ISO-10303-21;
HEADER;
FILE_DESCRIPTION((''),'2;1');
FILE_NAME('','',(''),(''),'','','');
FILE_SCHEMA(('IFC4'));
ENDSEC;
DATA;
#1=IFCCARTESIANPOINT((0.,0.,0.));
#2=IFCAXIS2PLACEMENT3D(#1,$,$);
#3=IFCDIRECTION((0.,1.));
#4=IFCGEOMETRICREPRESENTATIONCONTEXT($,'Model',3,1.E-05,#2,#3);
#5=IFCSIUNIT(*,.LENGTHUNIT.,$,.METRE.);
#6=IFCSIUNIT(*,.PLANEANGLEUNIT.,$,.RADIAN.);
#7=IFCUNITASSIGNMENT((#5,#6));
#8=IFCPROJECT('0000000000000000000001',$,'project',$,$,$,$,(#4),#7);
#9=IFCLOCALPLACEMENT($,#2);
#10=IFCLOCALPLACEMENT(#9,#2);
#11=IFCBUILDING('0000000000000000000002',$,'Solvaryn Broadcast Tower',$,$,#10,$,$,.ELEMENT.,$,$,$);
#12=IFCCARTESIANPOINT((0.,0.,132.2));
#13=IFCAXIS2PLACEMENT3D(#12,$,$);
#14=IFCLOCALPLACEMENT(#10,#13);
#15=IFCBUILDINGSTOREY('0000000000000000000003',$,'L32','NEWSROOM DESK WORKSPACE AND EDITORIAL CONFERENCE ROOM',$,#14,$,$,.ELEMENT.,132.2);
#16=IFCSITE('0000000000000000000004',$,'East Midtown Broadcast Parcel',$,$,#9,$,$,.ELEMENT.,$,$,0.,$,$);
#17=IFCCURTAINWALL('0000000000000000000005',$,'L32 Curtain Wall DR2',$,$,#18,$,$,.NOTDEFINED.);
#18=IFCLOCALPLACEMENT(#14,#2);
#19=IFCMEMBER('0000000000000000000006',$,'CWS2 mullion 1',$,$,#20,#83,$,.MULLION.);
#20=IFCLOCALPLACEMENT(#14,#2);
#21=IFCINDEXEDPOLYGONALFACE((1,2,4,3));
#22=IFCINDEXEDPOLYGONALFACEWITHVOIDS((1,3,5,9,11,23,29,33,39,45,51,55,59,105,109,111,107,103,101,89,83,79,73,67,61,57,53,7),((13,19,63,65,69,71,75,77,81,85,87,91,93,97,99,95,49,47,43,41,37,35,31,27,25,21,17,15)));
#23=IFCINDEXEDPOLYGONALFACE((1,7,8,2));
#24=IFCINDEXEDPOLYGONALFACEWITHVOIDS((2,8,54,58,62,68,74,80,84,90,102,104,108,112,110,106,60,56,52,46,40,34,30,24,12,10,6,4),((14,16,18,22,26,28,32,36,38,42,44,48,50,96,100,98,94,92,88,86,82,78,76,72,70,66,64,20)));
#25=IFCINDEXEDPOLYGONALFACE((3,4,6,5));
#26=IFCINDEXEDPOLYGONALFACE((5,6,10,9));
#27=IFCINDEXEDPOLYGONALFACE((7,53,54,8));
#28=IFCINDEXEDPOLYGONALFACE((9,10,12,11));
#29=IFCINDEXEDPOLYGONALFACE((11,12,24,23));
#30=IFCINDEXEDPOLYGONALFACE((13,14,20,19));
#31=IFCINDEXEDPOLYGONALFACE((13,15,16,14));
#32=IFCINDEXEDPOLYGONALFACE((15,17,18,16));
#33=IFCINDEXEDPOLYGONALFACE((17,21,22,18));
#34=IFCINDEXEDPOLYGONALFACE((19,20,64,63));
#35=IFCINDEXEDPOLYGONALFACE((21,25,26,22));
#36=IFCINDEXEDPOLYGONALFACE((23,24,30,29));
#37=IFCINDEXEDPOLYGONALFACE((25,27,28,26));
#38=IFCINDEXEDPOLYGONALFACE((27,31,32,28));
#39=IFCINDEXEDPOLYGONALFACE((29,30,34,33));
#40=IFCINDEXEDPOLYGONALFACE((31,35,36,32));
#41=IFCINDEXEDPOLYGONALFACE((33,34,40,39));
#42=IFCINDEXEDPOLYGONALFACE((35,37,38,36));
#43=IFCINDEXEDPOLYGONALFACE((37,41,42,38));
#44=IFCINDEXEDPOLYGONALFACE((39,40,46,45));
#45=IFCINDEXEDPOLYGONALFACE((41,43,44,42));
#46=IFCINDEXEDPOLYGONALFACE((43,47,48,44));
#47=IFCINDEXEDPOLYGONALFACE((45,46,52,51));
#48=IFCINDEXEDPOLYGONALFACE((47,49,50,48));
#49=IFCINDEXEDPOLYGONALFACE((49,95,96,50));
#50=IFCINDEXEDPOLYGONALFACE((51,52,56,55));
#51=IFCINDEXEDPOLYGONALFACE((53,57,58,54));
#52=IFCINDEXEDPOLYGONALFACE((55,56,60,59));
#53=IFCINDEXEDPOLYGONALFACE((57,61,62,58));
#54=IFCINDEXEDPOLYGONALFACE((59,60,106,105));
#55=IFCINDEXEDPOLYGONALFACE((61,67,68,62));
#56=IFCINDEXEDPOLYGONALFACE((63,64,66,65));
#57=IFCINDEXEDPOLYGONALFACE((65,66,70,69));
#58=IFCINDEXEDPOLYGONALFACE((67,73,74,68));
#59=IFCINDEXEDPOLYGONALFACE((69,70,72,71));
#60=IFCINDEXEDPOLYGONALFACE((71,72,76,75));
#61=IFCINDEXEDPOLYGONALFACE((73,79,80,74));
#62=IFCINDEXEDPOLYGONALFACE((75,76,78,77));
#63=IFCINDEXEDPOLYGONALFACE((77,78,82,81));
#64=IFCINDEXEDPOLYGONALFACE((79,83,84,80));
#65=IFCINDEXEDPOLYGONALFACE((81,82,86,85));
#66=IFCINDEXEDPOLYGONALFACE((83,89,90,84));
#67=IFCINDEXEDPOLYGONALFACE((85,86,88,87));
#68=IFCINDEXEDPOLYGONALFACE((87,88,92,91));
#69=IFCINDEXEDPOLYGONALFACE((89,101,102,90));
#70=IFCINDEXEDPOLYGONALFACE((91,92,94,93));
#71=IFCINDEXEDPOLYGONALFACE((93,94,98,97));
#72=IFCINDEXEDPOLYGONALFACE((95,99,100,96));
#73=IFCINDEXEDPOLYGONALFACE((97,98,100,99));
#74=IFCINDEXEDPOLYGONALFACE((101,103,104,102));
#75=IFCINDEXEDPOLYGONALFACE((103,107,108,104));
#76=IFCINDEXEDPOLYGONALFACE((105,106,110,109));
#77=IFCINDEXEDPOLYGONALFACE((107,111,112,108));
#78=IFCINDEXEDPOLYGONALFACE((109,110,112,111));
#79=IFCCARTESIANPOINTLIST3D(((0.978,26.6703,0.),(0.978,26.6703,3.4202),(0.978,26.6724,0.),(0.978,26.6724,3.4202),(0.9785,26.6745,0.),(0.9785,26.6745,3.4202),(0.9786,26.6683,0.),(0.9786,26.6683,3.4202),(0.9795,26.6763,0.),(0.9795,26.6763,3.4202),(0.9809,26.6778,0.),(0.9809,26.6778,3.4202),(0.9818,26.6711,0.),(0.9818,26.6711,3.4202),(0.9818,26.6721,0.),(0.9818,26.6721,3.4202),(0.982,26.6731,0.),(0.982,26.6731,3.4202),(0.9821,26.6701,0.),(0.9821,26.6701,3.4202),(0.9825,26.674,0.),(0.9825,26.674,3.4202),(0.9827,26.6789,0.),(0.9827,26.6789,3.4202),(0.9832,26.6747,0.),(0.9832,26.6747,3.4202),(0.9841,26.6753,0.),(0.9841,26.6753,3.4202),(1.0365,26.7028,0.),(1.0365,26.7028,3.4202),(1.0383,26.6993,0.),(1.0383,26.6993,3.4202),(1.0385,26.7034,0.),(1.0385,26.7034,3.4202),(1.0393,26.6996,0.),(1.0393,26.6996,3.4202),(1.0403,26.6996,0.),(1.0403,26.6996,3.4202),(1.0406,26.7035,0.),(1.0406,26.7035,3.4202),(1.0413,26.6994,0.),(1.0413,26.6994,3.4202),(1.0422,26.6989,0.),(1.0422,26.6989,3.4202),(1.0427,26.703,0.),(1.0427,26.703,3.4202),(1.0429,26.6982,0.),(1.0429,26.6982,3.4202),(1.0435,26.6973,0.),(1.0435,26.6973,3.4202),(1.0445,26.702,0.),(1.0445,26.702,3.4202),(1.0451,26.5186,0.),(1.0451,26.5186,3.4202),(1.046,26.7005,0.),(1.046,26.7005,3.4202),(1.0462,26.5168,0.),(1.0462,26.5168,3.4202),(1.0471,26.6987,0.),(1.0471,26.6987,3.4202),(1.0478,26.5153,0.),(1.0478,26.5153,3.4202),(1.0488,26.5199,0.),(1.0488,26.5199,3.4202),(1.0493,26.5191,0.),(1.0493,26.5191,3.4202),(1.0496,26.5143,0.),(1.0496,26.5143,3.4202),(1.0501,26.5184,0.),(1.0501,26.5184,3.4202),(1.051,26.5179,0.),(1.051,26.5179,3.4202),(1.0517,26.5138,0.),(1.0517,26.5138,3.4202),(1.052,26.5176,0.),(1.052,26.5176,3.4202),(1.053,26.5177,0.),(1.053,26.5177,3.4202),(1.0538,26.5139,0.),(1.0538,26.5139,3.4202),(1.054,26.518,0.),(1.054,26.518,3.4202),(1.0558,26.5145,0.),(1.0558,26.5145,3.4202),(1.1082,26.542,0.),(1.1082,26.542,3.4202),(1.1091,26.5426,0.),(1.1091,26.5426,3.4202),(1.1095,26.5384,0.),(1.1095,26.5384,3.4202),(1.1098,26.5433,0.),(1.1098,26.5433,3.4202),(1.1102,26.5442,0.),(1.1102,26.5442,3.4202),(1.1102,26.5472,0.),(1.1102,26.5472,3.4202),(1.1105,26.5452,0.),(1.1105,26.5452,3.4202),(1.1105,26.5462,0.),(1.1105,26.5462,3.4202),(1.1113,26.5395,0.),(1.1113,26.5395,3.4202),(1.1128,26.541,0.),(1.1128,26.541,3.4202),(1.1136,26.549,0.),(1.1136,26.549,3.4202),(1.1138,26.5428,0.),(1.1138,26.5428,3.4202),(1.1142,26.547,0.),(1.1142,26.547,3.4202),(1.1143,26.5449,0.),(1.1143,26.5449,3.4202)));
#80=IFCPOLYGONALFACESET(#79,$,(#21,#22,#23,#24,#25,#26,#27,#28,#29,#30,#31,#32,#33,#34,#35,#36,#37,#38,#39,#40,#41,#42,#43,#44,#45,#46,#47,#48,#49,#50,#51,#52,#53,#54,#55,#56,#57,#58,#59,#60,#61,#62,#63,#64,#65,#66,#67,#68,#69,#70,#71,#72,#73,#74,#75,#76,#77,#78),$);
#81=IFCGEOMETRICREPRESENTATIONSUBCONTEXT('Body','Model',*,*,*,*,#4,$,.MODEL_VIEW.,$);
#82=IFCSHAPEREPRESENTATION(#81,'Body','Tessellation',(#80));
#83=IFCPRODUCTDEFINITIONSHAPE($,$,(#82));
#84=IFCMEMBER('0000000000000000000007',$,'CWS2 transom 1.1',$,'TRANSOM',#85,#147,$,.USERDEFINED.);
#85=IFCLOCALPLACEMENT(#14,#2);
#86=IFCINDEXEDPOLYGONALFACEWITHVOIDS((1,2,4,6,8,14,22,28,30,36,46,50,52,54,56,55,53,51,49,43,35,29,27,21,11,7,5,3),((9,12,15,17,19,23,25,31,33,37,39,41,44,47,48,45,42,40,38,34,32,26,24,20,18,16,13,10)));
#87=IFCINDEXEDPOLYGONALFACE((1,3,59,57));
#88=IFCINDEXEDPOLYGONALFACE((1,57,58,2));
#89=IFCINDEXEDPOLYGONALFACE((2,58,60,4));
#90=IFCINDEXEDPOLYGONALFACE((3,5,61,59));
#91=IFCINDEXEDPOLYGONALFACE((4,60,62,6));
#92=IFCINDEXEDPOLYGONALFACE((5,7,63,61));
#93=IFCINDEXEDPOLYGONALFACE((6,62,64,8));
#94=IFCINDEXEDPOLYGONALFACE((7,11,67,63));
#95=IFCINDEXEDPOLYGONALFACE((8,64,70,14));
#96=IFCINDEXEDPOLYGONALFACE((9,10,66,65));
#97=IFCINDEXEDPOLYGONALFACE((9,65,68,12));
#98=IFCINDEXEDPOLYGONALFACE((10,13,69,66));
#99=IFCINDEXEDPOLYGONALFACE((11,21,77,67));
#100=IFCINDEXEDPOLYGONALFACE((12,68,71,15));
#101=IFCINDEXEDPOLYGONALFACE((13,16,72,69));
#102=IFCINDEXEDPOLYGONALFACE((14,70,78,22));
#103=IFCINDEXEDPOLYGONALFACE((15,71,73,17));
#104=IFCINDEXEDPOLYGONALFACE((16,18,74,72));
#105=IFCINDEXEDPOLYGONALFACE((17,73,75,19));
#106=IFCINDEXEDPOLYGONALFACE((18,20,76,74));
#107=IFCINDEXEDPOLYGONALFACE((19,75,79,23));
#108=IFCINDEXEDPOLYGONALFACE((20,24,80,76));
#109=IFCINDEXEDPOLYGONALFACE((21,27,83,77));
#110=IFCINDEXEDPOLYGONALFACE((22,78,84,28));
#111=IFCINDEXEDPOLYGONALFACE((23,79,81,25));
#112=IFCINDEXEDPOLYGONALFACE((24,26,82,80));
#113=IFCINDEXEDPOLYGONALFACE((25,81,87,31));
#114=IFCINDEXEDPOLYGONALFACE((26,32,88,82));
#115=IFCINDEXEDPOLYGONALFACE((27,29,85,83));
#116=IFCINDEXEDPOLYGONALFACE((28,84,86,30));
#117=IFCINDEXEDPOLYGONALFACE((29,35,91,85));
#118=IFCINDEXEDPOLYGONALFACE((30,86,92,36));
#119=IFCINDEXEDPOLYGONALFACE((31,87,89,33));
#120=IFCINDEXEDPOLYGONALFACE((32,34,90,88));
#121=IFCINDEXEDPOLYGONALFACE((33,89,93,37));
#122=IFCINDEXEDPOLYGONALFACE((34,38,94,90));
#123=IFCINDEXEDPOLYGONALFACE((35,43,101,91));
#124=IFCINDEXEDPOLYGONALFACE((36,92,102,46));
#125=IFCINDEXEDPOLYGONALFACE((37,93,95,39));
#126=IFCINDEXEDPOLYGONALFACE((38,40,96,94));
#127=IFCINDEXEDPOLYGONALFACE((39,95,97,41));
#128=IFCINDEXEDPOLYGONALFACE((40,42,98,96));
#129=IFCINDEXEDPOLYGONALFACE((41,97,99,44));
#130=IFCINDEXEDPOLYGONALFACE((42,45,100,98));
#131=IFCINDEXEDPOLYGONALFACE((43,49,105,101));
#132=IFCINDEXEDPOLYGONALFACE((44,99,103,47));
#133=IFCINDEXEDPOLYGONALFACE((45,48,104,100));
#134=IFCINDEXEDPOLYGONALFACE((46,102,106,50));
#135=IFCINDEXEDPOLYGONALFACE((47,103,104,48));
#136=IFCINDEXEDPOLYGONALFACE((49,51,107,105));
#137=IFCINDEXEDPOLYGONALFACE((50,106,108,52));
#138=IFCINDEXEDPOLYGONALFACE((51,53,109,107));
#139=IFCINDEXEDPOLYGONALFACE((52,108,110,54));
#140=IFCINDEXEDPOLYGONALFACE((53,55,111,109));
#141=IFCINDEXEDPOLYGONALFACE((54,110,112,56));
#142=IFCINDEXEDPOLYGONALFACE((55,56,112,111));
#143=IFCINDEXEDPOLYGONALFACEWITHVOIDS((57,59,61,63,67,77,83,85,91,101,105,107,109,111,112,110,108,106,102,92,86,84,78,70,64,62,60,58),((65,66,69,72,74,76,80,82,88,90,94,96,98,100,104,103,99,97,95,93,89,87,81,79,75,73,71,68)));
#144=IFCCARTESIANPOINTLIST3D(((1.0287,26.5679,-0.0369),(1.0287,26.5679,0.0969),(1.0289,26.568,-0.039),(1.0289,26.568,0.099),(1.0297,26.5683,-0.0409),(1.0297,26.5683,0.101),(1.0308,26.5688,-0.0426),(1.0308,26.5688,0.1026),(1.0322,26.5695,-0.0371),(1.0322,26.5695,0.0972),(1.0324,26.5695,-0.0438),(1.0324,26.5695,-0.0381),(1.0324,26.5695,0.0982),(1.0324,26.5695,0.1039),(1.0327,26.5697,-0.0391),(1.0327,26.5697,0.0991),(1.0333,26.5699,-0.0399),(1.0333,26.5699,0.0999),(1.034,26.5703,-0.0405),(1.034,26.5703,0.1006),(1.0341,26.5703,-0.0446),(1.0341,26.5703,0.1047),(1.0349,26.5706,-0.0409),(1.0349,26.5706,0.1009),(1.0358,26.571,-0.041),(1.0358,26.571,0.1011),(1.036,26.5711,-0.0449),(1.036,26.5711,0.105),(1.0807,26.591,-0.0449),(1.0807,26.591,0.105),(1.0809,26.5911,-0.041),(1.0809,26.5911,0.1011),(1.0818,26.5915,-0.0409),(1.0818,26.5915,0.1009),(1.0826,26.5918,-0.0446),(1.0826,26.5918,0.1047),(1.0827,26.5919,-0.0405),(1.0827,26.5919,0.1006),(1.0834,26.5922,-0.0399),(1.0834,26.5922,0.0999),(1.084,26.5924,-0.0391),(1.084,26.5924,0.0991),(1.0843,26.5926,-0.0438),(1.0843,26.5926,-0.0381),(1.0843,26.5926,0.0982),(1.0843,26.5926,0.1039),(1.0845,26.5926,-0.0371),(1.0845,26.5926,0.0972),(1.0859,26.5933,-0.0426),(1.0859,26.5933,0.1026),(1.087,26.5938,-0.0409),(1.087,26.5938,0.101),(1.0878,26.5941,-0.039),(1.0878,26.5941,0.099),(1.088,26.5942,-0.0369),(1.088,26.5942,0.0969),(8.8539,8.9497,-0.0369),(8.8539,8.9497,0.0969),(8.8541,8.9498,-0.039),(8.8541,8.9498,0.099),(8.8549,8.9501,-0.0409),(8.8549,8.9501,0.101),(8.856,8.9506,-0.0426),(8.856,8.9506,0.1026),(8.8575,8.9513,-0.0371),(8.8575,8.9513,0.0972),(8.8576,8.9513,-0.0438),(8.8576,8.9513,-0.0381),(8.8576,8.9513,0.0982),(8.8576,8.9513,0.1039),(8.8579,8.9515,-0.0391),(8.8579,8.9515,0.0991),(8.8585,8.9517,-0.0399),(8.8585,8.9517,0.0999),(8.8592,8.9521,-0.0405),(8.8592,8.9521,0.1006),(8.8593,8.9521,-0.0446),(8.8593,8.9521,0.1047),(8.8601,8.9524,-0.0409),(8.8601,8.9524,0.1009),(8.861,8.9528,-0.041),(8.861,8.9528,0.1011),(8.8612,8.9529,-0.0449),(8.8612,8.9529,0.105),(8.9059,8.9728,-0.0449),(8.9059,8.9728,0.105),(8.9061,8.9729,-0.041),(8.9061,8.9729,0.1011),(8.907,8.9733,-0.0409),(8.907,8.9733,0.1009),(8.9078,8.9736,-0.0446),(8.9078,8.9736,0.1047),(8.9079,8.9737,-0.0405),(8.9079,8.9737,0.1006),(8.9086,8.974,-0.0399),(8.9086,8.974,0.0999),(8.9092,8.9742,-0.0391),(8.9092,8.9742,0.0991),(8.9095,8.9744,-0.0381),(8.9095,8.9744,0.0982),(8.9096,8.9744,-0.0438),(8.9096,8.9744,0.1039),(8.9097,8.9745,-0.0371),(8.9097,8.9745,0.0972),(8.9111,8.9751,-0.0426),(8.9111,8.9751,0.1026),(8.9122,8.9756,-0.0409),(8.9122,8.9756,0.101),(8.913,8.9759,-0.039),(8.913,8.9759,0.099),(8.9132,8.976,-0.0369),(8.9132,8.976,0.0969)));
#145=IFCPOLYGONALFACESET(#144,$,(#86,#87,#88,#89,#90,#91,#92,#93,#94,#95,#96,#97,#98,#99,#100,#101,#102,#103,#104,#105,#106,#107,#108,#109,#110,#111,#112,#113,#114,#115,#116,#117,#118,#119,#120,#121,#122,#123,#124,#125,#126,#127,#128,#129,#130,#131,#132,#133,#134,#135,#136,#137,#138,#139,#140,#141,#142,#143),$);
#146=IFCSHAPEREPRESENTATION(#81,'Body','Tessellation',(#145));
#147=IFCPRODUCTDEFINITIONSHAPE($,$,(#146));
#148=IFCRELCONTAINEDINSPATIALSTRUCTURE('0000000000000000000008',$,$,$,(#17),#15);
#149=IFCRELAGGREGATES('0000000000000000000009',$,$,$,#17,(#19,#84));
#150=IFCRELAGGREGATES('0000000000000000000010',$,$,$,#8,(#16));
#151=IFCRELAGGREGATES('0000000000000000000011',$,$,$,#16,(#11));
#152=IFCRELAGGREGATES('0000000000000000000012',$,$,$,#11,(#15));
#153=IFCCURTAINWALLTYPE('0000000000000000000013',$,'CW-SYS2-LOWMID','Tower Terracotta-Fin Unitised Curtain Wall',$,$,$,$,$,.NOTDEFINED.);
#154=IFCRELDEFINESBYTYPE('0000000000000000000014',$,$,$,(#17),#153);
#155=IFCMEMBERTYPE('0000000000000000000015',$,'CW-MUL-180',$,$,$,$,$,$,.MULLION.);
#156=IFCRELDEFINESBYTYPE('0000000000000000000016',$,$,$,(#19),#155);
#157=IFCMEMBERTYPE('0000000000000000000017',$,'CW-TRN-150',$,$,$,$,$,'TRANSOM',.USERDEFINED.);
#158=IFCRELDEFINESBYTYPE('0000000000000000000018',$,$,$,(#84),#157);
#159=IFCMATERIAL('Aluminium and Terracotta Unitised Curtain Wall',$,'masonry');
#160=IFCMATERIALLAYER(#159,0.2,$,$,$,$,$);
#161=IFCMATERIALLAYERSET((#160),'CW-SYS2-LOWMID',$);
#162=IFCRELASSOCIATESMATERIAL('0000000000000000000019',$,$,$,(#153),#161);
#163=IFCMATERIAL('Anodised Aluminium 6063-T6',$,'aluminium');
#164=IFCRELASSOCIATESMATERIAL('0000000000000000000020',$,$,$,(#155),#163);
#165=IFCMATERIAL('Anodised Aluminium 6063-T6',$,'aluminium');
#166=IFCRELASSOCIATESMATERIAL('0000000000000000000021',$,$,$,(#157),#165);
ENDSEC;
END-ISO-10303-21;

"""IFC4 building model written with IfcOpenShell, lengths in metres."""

from ifc_helpers import new_model, si_unit, direction, frame, origin, origin_2d, place, context, subcontext, project, spatial, hollow_rectangle, extrude, material, layer, layer_set, material_profile, profile_set, type_object, element, aggregate, save


model = new_model("IFC4")

# Units and contexts
model_context = context("Model", 3, precision=1e-05, world=origin(), true_north=direction((0.0, 1.0)))
body_context = subcontext(model_context, "Body", "Model", "MODEL_VIEW")
ifc_project = project(units=[si_unit("LENGTHUNIT", "METRE"), si_unit("PLANEANGLEUNIT", "RADIAN")], contexts=[model_context])

# Site, building, storey
site_placement = place(None, origin())
site = spatial("IfcSite", under=ifc_project, at=site_placement, Name="East Midtown Broadcast Parcel", CompositionType="ELEMENT", RefElevation=0.0)
building_placement = place(site_placement, origin())
building = spatial("IfcBuilding", under=site, at=building_placement, Name="Solvaryn Broadcast Tower", CompositionType="ELEMENT")
storey_placement = place(building_placement, frame((0.0, 0.0, 132.2)))
storey = spatial("IfcBuildingStorey", under=building, at=storey_placement, Name="L32", Description="NEWSROOM DESK WORKSPACE AND EDITORIAL CONFERENCE ROOM", CompositionType="ELEMENT", Elevation=132.2)

# Shared definitions
ifc_material_1 = material(Name="Aluminium and Terracotta Unitised Curtain Wall", Category="masonry")
ifc_layer_1 = layer(ifc_material_1, 0.2)
ifc_layer_set_1 = layer_set([ifc_layer_1], Name="CW-SYS2-LOWMID")
curtain_wall_type = type_object("IfcCurtainWallType", Name="CW-SYS2-LOWMID", Description="Tower Terracotta-Fin Unitised Curtain Wall", PredefinedType="NOTDEFINED", material=ifc_layer_set_1)
ifc_material_2 = material(Name="Anodised Aluminium 6063-T6", Category="aluminium")
ifc_material_profile_1 = material_profile(ifc_material_2, hollow_rectangle(XDim=0.075, YDim=0.1799, WallThickness=0.0039, InnerFilletRadius=0.0039, OuterFilletRadius=0.0081, at=origin_2d()))
ifc_profile_set_1 = profile_set([ifc_material_profile_1], Name="Anodised Aluminium 6063-T6")
member_type_1 = type_object("IfcMemberType", Name="CW-MUL-180", PredefinedType="MULLION", material=ifc_profile_set_1)

# Curtain wall, members
curtain_wall_1_placement = place(storey_placement, origin())
curtain_wall_1 = element("IfcCurtainWall", 1, at=curtain_wall_1_placement, inside=storey, type_object=curtain_wall_type, Name="L32 Curtain Wall DR2", PredefinedType="NOTDEFINED")
member_1_placement = place(storey_placement, frame((1.0461, 26.6086, 0.0), z_axis=(0.0, 0.0, 1.0), x_axis=(0.913909, 0.405918, 0.0)))
member_1 = element("IfcMember", 2, at=member_1_placement, type_object=member_type_1, Name="CWS2 mullion 1", PredefinedType="MULLION", context=body_context, shape_type="SweptSolid", body=[
    extrude(hollow_rectangle(XDim=0.075, YDim=0.1799, WallThickness=0.0039, InnerFilletRadius=0.0039, OuterFilletRadius=0.0081, at=origin_2d()), origin(), (0.0, 0.0, 1.0), 3.4202),
])
ifc_material_3 = material(Name="Anodised Aluminium 6063-T6", Category="aluminium")
ifc_material_profile_2 = material_profile(ifc_material_3, hollow_rectangle(XDim=0.0649, YDim=0.1499, WallThickness=0.0039, InnerFilletRadius=0.0039, OuterFilletRadius=0.0081, at=origin_2d()))
ifc_profile_set_2 = profile_set([ifc_material_profile_2], Name="Anodised Aluminium 6063-T6")
member_type_2 = type_object("IfcMemberType", Name="CW-TRN-150", ElementType="TRANSOM", PredefinedType="USERDEFINED", material=ifc_profile_set_2)
member_2_placement = place(storey_placement, frame((1.0583, 26.5811, 0.03), z_axis=(0.405918, -0.91391, 0.0), x_axis=(0.91391, 0.405918, 0.0)))
member_2 = element("IfcMember", 3, at=member_2_placement, type_object=member_type_2, Name="CWS2 transom 1.1", ObjectType="TRANSOM", PredefinedType="USERDEFINED", context=body_context, shape_type="SweptSolid", body=[
    extrude(hollow_rectangle(XDim=0.0649, YDim=0.1499, WallThickness=0.0039, InnerFilletRadius=0.0039, OuterFilletRadius=0.0081, at=origin_2d()), origin(), (0.0, 0.0, 1.0), 19.2778),
])
aggregate(curtain_wall_1, [member_1, member_2])

save(model, "model.ifc")
